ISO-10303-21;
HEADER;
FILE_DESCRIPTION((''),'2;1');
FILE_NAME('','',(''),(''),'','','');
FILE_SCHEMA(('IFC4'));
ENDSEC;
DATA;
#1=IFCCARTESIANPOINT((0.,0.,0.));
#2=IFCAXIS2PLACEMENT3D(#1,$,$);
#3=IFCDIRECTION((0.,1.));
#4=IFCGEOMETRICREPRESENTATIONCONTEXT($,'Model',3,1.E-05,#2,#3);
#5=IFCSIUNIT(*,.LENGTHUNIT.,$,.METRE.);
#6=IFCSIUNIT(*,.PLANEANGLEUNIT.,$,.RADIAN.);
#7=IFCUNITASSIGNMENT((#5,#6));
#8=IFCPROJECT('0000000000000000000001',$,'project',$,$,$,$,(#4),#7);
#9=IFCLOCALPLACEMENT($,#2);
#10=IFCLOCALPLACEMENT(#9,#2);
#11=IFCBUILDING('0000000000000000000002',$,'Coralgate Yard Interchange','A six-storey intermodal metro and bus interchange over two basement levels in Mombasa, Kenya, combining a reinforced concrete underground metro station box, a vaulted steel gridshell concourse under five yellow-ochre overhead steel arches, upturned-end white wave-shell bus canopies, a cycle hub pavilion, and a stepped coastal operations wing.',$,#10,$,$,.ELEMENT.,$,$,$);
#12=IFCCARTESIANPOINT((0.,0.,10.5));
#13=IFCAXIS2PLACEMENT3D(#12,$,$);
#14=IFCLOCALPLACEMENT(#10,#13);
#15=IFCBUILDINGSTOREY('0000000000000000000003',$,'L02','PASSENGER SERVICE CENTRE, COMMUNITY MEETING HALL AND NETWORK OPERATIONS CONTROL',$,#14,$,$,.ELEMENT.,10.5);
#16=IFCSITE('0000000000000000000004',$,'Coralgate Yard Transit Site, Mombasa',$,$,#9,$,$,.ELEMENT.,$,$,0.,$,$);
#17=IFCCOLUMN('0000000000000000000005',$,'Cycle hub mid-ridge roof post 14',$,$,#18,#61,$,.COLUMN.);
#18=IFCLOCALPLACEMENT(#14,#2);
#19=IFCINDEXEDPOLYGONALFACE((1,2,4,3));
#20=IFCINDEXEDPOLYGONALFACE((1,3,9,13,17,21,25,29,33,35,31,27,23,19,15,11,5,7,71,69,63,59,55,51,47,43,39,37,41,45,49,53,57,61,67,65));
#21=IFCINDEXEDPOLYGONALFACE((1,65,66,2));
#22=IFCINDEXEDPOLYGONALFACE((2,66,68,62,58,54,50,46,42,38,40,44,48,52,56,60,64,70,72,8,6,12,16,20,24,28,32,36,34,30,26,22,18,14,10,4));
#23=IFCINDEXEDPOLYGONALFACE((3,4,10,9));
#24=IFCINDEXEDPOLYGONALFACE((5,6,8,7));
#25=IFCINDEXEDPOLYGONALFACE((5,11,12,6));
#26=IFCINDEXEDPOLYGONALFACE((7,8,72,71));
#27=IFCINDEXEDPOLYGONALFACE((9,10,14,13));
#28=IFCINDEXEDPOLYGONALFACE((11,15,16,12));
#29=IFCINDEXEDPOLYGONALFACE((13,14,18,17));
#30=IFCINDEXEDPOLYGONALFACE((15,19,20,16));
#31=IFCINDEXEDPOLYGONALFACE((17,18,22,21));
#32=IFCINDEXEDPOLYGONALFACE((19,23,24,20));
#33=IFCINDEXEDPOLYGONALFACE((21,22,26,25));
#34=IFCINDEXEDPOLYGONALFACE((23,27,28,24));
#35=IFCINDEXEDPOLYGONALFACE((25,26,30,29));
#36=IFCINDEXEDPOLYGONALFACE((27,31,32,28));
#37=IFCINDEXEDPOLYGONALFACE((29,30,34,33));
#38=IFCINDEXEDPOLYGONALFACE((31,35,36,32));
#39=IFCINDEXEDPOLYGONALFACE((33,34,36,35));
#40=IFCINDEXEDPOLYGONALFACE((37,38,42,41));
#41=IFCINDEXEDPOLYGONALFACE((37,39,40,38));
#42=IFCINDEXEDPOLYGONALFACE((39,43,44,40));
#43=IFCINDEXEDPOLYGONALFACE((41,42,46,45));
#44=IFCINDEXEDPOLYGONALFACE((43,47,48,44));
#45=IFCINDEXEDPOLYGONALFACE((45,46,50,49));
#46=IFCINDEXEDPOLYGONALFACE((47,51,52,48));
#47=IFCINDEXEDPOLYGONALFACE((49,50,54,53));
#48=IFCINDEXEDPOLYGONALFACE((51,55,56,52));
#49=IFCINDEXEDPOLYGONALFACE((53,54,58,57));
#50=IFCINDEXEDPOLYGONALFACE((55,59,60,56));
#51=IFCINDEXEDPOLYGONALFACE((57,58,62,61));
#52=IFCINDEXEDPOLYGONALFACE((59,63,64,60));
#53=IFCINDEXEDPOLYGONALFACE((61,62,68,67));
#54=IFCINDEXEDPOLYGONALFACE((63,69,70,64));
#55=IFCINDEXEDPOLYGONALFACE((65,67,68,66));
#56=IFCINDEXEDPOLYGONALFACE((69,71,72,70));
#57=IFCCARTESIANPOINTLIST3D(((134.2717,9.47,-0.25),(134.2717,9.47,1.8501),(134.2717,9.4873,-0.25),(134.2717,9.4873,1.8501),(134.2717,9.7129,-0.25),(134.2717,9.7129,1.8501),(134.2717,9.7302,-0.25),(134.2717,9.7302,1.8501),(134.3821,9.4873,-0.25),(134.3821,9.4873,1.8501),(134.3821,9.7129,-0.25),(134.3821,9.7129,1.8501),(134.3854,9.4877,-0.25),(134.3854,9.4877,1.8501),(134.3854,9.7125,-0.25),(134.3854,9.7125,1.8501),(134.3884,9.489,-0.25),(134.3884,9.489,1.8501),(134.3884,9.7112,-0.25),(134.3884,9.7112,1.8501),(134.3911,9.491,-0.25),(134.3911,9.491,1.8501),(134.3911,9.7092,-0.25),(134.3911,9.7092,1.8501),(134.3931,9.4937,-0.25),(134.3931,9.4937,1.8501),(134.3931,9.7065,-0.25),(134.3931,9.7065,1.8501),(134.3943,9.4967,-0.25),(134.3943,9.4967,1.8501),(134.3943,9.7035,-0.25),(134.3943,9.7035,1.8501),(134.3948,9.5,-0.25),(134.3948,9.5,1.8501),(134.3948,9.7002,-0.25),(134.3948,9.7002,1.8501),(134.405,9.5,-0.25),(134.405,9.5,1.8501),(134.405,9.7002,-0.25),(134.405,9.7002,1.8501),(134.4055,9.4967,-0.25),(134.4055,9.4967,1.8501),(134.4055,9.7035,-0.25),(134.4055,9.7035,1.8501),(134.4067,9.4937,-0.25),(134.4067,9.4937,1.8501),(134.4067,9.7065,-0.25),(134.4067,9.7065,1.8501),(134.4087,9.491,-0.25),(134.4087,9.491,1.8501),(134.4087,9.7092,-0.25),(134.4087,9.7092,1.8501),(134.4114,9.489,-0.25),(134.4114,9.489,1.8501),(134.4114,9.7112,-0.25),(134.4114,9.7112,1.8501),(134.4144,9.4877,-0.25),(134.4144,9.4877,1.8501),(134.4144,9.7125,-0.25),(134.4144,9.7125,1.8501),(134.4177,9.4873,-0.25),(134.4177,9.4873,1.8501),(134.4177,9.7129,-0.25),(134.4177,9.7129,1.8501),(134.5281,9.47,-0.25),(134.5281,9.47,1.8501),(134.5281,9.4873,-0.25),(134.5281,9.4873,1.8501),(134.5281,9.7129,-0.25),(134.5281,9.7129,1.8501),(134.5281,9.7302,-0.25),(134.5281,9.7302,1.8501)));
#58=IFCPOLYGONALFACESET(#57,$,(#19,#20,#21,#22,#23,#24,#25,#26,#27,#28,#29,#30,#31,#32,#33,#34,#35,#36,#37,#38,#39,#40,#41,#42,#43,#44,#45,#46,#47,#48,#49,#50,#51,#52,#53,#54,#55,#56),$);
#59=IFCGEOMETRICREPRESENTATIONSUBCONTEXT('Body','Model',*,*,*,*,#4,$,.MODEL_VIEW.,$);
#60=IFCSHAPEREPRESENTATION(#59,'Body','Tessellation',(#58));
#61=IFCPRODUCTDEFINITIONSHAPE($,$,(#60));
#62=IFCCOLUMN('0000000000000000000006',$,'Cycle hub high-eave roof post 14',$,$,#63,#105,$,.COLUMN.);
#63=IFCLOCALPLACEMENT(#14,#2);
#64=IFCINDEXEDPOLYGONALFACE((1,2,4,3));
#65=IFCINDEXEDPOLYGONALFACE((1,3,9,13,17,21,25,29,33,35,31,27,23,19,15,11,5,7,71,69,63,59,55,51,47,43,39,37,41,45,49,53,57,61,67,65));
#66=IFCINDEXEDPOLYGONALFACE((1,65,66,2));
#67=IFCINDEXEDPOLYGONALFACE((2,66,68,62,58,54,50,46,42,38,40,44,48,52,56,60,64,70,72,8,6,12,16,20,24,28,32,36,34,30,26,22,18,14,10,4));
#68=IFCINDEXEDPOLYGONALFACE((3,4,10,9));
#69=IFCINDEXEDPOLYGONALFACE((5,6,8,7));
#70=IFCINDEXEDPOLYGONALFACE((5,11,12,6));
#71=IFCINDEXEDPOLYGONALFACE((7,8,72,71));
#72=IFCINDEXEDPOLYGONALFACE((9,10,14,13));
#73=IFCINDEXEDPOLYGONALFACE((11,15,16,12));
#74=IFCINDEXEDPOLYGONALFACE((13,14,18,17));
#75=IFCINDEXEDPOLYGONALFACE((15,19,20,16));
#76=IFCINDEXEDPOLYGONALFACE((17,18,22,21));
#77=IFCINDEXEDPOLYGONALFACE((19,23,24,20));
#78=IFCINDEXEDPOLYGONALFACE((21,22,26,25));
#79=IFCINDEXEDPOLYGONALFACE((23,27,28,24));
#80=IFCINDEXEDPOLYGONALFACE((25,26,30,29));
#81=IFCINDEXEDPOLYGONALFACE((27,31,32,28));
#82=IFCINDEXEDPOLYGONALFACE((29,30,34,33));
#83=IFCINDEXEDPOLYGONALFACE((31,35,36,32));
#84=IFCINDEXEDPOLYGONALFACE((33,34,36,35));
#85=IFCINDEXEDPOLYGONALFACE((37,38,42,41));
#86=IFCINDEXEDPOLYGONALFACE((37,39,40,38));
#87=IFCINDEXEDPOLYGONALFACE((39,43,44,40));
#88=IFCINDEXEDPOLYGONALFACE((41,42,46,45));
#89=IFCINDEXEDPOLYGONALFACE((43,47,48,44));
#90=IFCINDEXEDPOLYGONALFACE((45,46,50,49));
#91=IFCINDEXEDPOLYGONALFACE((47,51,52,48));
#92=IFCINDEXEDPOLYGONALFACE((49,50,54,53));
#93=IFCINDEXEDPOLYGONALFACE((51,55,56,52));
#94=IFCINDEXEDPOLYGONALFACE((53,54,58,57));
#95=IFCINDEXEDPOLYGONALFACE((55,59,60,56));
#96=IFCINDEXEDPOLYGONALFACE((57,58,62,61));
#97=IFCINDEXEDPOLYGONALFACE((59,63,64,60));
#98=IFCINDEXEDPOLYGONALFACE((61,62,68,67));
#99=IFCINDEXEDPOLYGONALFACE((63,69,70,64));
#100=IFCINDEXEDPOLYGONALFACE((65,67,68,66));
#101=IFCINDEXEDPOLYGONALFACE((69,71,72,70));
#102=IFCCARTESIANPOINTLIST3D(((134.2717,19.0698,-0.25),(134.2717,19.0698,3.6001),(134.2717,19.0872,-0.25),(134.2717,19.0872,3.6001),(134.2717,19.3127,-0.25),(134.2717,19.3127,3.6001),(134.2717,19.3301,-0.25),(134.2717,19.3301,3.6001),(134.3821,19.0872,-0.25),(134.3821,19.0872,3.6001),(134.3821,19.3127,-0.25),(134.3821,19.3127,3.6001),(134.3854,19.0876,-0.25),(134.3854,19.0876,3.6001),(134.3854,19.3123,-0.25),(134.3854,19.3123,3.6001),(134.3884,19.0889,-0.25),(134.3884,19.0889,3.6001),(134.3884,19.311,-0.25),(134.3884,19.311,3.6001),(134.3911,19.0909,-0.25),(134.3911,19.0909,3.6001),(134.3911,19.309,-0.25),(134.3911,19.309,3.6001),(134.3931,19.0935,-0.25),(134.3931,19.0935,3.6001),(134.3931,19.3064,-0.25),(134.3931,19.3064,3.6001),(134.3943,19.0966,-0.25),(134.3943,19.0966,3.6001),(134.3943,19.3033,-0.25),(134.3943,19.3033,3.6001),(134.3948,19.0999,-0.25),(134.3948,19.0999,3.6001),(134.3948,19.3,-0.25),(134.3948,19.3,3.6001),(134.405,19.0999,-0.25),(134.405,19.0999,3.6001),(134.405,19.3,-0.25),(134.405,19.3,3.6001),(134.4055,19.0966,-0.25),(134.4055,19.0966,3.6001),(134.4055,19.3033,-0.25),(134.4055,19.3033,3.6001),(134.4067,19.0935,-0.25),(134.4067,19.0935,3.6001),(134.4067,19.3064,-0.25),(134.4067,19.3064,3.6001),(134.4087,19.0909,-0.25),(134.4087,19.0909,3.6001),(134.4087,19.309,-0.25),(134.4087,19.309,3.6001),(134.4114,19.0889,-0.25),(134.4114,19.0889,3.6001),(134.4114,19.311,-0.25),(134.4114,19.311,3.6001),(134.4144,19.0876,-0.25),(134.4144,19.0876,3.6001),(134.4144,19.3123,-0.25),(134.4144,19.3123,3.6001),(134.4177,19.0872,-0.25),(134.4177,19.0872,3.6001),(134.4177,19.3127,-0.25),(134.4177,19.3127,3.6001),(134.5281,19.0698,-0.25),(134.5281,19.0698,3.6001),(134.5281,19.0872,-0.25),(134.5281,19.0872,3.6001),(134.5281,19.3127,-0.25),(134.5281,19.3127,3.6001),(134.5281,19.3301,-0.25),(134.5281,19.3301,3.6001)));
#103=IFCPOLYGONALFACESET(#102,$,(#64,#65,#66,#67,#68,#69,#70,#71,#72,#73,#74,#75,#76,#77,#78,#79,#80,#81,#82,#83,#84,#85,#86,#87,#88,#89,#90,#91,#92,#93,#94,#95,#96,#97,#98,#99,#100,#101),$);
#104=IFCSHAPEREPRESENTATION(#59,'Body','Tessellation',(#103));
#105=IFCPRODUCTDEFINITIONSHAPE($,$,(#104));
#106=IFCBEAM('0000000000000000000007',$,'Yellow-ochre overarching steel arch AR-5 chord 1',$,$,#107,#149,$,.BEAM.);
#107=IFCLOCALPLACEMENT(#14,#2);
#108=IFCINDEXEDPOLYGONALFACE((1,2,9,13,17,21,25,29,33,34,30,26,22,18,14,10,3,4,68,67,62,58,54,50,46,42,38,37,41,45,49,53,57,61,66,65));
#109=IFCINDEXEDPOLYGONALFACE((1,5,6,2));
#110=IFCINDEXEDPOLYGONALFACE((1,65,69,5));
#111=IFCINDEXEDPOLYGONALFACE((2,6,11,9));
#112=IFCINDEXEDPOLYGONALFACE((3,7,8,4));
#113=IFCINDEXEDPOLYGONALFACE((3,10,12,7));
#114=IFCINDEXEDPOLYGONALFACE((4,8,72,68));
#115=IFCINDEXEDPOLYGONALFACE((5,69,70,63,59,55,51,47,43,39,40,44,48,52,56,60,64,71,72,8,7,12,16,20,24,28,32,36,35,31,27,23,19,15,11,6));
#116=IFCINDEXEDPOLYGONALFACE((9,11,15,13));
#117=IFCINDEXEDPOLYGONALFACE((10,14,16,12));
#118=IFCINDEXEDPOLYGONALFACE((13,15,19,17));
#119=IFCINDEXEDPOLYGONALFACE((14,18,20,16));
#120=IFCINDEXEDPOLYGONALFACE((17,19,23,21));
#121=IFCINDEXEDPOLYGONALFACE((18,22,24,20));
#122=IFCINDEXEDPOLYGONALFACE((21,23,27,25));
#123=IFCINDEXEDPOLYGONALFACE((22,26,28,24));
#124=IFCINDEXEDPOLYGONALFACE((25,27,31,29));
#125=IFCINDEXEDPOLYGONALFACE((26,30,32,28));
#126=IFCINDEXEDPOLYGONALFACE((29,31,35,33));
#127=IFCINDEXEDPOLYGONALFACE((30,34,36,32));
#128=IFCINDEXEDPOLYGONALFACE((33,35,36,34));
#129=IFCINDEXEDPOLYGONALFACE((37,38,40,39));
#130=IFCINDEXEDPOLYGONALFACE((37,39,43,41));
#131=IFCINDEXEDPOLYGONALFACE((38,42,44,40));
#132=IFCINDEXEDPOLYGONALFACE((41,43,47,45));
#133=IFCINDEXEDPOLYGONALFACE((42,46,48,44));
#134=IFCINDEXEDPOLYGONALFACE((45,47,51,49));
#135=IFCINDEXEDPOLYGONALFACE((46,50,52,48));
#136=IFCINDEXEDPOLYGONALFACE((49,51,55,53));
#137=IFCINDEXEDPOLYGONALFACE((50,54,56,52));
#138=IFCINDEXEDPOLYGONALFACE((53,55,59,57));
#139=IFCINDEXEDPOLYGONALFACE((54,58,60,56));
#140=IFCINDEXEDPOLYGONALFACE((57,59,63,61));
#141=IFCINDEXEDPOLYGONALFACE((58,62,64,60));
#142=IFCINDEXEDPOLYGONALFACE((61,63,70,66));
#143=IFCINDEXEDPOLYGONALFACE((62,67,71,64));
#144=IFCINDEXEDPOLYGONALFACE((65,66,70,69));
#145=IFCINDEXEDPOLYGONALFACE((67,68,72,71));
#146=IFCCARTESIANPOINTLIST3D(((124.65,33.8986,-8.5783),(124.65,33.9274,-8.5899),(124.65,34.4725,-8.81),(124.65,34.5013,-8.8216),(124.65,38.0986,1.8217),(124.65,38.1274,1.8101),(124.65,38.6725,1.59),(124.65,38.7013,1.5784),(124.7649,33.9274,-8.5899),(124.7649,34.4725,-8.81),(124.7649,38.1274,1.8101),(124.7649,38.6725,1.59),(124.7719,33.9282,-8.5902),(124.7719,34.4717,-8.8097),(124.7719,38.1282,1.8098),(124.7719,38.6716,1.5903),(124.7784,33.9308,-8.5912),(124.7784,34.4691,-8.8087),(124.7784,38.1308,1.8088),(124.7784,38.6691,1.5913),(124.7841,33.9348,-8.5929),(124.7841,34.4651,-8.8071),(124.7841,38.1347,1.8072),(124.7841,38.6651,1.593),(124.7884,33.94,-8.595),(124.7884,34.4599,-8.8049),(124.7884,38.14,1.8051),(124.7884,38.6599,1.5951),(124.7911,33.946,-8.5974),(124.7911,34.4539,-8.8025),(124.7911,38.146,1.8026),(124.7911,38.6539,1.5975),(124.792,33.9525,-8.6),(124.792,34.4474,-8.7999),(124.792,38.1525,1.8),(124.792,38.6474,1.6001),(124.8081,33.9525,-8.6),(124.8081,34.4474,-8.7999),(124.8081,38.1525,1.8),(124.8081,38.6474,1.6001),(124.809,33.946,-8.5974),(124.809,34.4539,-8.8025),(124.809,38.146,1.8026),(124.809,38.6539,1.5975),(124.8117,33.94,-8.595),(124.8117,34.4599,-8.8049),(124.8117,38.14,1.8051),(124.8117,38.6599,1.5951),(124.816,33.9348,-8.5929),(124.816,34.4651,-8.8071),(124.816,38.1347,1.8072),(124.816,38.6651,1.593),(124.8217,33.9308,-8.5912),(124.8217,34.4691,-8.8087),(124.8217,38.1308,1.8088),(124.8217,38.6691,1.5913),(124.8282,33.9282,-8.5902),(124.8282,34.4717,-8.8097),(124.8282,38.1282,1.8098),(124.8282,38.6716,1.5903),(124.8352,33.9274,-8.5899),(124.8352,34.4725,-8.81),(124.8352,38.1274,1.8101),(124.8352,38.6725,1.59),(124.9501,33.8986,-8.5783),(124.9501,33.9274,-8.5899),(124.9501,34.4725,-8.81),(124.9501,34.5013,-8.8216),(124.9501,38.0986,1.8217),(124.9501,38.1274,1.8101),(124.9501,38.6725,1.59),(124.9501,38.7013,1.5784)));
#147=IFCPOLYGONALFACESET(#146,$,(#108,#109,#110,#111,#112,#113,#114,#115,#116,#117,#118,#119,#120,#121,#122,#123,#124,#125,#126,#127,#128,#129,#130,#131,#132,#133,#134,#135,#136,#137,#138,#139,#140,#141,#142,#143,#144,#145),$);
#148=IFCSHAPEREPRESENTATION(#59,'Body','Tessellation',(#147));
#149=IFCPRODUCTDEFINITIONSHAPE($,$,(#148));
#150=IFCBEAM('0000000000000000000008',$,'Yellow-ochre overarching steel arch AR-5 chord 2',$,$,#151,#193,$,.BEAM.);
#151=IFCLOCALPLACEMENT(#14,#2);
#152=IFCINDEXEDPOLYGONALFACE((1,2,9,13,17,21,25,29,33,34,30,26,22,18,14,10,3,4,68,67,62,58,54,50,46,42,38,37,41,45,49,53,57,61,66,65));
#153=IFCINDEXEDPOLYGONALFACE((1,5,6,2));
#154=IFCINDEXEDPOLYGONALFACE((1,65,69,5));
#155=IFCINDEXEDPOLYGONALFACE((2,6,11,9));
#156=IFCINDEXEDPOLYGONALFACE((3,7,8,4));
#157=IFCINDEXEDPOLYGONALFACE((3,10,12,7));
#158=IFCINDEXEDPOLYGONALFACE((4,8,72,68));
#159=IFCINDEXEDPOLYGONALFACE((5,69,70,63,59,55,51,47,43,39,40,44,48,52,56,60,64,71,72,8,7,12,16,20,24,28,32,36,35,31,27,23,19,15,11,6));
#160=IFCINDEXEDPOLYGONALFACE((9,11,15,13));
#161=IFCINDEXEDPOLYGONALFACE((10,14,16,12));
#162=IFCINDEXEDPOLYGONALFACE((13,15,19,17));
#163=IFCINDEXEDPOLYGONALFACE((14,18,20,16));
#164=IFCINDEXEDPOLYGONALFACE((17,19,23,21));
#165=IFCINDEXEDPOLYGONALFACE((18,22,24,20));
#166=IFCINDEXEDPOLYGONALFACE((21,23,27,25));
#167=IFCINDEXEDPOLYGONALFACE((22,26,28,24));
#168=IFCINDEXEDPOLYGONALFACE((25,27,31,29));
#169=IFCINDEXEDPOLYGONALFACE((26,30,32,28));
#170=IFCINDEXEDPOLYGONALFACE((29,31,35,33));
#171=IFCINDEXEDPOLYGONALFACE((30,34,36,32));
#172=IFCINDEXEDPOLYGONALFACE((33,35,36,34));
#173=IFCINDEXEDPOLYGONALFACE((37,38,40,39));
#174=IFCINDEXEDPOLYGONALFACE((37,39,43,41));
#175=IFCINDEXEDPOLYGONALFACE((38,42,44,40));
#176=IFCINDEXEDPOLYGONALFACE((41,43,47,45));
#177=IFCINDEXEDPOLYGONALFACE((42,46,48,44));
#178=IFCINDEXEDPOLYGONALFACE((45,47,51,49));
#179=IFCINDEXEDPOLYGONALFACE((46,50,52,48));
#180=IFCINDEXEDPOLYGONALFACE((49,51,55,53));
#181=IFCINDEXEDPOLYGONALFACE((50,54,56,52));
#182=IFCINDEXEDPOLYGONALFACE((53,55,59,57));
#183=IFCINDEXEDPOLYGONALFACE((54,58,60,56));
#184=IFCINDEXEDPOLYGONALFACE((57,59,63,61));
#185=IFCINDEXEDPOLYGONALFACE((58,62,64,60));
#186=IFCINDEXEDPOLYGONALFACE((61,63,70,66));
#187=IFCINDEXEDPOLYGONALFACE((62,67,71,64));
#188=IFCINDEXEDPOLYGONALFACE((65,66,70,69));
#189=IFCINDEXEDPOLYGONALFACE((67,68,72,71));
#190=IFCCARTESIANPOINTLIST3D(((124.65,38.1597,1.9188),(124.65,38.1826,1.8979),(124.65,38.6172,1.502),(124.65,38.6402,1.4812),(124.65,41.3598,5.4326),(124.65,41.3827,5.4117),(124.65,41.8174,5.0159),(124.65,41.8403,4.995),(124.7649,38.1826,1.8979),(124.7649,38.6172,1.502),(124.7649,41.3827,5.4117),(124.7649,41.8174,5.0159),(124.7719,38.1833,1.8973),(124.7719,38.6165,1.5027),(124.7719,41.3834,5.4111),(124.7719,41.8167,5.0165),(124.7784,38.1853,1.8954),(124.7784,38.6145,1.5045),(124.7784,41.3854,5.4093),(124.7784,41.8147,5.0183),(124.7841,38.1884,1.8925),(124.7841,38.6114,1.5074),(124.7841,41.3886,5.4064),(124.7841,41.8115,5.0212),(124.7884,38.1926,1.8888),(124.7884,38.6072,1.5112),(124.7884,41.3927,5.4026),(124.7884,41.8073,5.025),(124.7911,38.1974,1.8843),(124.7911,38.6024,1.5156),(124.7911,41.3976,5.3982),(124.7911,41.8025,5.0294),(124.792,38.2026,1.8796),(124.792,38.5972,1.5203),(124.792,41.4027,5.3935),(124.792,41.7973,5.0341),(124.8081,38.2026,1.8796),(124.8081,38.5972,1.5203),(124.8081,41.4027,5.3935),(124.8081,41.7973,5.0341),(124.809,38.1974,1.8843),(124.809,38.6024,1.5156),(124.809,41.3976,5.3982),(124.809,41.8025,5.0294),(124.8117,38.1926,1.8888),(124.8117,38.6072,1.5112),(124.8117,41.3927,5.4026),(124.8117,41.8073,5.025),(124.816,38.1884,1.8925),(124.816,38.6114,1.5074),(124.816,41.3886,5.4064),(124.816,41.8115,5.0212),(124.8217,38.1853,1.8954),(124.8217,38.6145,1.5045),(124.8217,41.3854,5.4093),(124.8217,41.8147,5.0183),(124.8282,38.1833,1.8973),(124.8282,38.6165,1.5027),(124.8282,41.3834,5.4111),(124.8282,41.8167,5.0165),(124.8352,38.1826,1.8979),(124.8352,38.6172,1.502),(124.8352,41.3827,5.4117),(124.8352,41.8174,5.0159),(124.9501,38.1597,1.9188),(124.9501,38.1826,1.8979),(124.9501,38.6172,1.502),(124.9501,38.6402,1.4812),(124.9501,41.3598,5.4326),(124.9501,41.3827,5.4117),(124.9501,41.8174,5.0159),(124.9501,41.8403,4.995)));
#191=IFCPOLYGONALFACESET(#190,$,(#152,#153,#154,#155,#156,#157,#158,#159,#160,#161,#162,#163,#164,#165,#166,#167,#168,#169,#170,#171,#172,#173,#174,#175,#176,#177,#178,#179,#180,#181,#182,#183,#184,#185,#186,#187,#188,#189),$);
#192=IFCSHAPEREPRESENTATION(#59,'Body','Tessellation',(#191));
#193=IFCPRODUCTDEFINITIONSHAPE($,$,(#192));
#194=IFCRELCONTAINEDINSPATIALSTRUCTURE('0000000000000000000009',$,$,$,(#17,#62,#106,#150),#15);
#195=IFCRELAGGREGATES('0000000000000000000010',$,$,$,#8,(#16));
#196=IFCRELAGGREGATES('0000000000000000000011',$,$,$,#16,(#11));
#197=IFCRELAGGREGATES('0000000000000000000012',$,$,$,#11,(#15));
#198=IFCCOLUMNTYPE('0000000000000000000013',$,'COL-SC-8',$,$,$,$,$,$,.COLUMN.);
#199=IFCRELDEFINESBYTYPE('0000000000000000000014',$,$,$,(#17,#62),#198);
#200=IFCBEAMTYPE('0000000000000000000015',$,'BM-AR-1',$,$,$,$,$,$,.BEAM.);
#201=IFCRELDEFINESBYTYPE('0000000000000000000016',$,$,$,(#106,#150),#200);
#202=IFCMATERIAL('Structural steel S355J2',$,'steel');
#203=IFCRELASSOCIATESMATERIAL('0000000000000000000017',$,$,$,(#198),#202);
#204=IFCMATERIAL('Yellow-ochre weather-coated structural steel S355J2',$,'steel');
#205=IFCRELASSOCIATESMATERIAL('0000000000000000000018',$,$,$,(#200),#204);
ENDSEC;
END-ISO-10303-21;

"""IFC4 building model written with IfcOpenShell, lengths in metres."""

from ifc_helpers import new_model, si_unit, direction, frame, origin, origin_2d, place, context, subcontext, project, spatial, i_section, extrude, material, material_profile, profile_set, type_object, element, save


model = new_model("IFC4")

# Units and contexts
model_context = context("Model", 3, precision=1e-05, world=origin(), true_north=direction((0.0, 1.0)))
body_context = subcontext(model_context, "Body", "Model", "MODEL_VIEW")
ifc_project = project(units=[si_unit("LENGTHUNIT", "METRE"), si_unit("PLANEANGLEUNIT", "RADIAN")], contexts=[model_context])

# Site, building, storey
site_placement = place(None, origin())
site = spatial("IfcSite", under=ifc_project, at=site_placement, Name="Coralgate Yard Transit Site, Mombasa", CompositionType="ELEMENT", RefElevation=0.0)
building_placement = place(site_placement, origin())
building = spatial("IfcBuilding", under=site, at=building_placement, Name="Coralgate Yard Interchange", Description="A six-storey intermodal metro and bus interchange over two basement levels in Mombasa, Kenya, combining a reinforced concrete underground metro station box, a vaulted steel gridshell concourse under five yellow-ochre overhead steel arches, upturned-end white wave-shell bus canopies, a cycle hub pavilion, and a stepped coastal operations wing.", CompositionType="ELEMENT")
storey_placement = place(building_placement, frame((0.0, 0.0, 10.5)))
storey = spatial("IfcBuildingStorey", under=building, at=storey_placement, Name="L02", Description="PASSENGER SERVICE CENTRE, COMMUNITY MEETING HALL AND NETWORK OPERATIONS CONTROL", CompositionType="ELEMENT", Elevation=10.5)

# Columns
ifc_material_1 = material(Name="Structural steel S355J2", Category="steel")
ifc_material_profile_1 = material_profile(ifc_material_1, i_section(OverallWidth=0.2563, OverallDepth=0.2603, WebThickness=0.0103, FlangeThickness=0.0173, FilletRadius=0.0127, at=origin_2d()), Name="UC 254x254x89")
ifc_profile_set_1 = profile_set([ifc_material_profile_1], Name="Structural steel S355J2")
column_type = type_object("IfcColumnType", Name="COL-SC-8", PredefinedType="COLUMN", material=ifc_profile_set_1)
column_1_placement = place(storey_placement, frame((134.3999, 9.6001, -0.25), z_axis=(0.0, 0.0, 1.0), x_axis=(1.0, 0.0, 0.0)))
element("IfcColumn", 1, at=column_1_placement, inside=storey, type_object=column_type, Name="Cycle hub mid-ridge roof post 14", PredefinedType="COLUMN", context=body_context, shape_type="SweptSolid", body=[
    extrude(i_section(OverallWidth=0.2563, OverallDepth=0.2603, WebThickness=0.0103, FlangeThickness=0.0173, FilletRadius=0.0127, at=origin_2d()), origin(), (0.0, 0.0, 1.0), 2.1001),
])
column_2_placement = place(storey_placement, frame((134.3999, 19.2, -0.25), z_axis=(0.0, 0.0, 1.0), x_axis=(1.0, 0.0, 0.0)))
element("IfcColumn", 2, at=column_2_placement, inside=storey, type_object=column_type, Name="Cycle hub high-eave roof post 14", PredefinedType="COLUMN", context=body_context, shape_type="SweptSolid", body=[
    extrude(i_section(OverallWidth=0.2563, OverallDepth=0.2603, WebThickness=0.0103, FlangeThickness=0.0173, FilletRadius=0.0127, at=origin_2d()), origin(), (0.0, 0.0, 1.0), 3.8501),
])

# Beams
ifc_material_2 = material(Name="Yellow-ochre weather-coated structural steel S355J2", Category="steel")
ifc_material_profile_2 = material_profile(ifc_material_2, i_section(OverallWidth=0.3, OverallDepth=0.6499, WebThickness=0.0161, FlangeThickness=0.031, FilletRadius=0.0271, at=origin_2d()), Name="HEB 650")
ifc_profile_set_2 = profile_set([ifc_material_profile_2], Name="Yellow-ochre weather-coated structural steel S355J2")
beam_type_1 = type_object("IfcBeamType", Name="BM-AR-1", PredefinedType="BEAM", material=ifc_profile_set_2)
beam_1_placement = place(storey_placement, frame((124.8, 34.2, -8.7), z_axis=(0.0, 0.374462, 0.927242), x_axis=(-1.0, 0.0, 0.0)))
element("IfcBeam", 3, at=beam_1_placement, inside=storey, type_object=beam_type_1, Name="Yellow-ochre overarching steel arch AR-5 chord 1", PredefinedType="BEAM", context=body_context, shape_type="SweptSolid", body=[
    extrude(i_section(OverallWidth=0.3, OverallDepth=0.6499, WebThickness=0.0161, FlangeThickness=0.031, FilletRadius=0.0271, at=origin_2d()), origin(), (0.0, 0.0, 1.0), 11.2161),
])
beam_2_placement = place(storey_placement, frame((124.8, 38.3999, 1.7), z_axis=(0.0, 0.673332, 0.73934), x_axis=(-1.0, 0.0, 0.0)))
element("IfcBeam", 4, at=beam_2_placement, inside=storey, type_object=beam_type_1, Name="Yellow-ochre overarching steel arch AR-5 chord 2", PredefinedType="BEAM", context=body_context, shape_type="SweptSolid", body=[
    extrude(i_section(OverallWidth=0.3, OverallDepth=0.6499, WebThickness=0.0161, FlangeThickness=0.031, FilletRadius=0.0271, at=origin_2d()), origin(), (0.0, 0.0, 1.0), 4.7527),
])

save(model, "model.ifc")
